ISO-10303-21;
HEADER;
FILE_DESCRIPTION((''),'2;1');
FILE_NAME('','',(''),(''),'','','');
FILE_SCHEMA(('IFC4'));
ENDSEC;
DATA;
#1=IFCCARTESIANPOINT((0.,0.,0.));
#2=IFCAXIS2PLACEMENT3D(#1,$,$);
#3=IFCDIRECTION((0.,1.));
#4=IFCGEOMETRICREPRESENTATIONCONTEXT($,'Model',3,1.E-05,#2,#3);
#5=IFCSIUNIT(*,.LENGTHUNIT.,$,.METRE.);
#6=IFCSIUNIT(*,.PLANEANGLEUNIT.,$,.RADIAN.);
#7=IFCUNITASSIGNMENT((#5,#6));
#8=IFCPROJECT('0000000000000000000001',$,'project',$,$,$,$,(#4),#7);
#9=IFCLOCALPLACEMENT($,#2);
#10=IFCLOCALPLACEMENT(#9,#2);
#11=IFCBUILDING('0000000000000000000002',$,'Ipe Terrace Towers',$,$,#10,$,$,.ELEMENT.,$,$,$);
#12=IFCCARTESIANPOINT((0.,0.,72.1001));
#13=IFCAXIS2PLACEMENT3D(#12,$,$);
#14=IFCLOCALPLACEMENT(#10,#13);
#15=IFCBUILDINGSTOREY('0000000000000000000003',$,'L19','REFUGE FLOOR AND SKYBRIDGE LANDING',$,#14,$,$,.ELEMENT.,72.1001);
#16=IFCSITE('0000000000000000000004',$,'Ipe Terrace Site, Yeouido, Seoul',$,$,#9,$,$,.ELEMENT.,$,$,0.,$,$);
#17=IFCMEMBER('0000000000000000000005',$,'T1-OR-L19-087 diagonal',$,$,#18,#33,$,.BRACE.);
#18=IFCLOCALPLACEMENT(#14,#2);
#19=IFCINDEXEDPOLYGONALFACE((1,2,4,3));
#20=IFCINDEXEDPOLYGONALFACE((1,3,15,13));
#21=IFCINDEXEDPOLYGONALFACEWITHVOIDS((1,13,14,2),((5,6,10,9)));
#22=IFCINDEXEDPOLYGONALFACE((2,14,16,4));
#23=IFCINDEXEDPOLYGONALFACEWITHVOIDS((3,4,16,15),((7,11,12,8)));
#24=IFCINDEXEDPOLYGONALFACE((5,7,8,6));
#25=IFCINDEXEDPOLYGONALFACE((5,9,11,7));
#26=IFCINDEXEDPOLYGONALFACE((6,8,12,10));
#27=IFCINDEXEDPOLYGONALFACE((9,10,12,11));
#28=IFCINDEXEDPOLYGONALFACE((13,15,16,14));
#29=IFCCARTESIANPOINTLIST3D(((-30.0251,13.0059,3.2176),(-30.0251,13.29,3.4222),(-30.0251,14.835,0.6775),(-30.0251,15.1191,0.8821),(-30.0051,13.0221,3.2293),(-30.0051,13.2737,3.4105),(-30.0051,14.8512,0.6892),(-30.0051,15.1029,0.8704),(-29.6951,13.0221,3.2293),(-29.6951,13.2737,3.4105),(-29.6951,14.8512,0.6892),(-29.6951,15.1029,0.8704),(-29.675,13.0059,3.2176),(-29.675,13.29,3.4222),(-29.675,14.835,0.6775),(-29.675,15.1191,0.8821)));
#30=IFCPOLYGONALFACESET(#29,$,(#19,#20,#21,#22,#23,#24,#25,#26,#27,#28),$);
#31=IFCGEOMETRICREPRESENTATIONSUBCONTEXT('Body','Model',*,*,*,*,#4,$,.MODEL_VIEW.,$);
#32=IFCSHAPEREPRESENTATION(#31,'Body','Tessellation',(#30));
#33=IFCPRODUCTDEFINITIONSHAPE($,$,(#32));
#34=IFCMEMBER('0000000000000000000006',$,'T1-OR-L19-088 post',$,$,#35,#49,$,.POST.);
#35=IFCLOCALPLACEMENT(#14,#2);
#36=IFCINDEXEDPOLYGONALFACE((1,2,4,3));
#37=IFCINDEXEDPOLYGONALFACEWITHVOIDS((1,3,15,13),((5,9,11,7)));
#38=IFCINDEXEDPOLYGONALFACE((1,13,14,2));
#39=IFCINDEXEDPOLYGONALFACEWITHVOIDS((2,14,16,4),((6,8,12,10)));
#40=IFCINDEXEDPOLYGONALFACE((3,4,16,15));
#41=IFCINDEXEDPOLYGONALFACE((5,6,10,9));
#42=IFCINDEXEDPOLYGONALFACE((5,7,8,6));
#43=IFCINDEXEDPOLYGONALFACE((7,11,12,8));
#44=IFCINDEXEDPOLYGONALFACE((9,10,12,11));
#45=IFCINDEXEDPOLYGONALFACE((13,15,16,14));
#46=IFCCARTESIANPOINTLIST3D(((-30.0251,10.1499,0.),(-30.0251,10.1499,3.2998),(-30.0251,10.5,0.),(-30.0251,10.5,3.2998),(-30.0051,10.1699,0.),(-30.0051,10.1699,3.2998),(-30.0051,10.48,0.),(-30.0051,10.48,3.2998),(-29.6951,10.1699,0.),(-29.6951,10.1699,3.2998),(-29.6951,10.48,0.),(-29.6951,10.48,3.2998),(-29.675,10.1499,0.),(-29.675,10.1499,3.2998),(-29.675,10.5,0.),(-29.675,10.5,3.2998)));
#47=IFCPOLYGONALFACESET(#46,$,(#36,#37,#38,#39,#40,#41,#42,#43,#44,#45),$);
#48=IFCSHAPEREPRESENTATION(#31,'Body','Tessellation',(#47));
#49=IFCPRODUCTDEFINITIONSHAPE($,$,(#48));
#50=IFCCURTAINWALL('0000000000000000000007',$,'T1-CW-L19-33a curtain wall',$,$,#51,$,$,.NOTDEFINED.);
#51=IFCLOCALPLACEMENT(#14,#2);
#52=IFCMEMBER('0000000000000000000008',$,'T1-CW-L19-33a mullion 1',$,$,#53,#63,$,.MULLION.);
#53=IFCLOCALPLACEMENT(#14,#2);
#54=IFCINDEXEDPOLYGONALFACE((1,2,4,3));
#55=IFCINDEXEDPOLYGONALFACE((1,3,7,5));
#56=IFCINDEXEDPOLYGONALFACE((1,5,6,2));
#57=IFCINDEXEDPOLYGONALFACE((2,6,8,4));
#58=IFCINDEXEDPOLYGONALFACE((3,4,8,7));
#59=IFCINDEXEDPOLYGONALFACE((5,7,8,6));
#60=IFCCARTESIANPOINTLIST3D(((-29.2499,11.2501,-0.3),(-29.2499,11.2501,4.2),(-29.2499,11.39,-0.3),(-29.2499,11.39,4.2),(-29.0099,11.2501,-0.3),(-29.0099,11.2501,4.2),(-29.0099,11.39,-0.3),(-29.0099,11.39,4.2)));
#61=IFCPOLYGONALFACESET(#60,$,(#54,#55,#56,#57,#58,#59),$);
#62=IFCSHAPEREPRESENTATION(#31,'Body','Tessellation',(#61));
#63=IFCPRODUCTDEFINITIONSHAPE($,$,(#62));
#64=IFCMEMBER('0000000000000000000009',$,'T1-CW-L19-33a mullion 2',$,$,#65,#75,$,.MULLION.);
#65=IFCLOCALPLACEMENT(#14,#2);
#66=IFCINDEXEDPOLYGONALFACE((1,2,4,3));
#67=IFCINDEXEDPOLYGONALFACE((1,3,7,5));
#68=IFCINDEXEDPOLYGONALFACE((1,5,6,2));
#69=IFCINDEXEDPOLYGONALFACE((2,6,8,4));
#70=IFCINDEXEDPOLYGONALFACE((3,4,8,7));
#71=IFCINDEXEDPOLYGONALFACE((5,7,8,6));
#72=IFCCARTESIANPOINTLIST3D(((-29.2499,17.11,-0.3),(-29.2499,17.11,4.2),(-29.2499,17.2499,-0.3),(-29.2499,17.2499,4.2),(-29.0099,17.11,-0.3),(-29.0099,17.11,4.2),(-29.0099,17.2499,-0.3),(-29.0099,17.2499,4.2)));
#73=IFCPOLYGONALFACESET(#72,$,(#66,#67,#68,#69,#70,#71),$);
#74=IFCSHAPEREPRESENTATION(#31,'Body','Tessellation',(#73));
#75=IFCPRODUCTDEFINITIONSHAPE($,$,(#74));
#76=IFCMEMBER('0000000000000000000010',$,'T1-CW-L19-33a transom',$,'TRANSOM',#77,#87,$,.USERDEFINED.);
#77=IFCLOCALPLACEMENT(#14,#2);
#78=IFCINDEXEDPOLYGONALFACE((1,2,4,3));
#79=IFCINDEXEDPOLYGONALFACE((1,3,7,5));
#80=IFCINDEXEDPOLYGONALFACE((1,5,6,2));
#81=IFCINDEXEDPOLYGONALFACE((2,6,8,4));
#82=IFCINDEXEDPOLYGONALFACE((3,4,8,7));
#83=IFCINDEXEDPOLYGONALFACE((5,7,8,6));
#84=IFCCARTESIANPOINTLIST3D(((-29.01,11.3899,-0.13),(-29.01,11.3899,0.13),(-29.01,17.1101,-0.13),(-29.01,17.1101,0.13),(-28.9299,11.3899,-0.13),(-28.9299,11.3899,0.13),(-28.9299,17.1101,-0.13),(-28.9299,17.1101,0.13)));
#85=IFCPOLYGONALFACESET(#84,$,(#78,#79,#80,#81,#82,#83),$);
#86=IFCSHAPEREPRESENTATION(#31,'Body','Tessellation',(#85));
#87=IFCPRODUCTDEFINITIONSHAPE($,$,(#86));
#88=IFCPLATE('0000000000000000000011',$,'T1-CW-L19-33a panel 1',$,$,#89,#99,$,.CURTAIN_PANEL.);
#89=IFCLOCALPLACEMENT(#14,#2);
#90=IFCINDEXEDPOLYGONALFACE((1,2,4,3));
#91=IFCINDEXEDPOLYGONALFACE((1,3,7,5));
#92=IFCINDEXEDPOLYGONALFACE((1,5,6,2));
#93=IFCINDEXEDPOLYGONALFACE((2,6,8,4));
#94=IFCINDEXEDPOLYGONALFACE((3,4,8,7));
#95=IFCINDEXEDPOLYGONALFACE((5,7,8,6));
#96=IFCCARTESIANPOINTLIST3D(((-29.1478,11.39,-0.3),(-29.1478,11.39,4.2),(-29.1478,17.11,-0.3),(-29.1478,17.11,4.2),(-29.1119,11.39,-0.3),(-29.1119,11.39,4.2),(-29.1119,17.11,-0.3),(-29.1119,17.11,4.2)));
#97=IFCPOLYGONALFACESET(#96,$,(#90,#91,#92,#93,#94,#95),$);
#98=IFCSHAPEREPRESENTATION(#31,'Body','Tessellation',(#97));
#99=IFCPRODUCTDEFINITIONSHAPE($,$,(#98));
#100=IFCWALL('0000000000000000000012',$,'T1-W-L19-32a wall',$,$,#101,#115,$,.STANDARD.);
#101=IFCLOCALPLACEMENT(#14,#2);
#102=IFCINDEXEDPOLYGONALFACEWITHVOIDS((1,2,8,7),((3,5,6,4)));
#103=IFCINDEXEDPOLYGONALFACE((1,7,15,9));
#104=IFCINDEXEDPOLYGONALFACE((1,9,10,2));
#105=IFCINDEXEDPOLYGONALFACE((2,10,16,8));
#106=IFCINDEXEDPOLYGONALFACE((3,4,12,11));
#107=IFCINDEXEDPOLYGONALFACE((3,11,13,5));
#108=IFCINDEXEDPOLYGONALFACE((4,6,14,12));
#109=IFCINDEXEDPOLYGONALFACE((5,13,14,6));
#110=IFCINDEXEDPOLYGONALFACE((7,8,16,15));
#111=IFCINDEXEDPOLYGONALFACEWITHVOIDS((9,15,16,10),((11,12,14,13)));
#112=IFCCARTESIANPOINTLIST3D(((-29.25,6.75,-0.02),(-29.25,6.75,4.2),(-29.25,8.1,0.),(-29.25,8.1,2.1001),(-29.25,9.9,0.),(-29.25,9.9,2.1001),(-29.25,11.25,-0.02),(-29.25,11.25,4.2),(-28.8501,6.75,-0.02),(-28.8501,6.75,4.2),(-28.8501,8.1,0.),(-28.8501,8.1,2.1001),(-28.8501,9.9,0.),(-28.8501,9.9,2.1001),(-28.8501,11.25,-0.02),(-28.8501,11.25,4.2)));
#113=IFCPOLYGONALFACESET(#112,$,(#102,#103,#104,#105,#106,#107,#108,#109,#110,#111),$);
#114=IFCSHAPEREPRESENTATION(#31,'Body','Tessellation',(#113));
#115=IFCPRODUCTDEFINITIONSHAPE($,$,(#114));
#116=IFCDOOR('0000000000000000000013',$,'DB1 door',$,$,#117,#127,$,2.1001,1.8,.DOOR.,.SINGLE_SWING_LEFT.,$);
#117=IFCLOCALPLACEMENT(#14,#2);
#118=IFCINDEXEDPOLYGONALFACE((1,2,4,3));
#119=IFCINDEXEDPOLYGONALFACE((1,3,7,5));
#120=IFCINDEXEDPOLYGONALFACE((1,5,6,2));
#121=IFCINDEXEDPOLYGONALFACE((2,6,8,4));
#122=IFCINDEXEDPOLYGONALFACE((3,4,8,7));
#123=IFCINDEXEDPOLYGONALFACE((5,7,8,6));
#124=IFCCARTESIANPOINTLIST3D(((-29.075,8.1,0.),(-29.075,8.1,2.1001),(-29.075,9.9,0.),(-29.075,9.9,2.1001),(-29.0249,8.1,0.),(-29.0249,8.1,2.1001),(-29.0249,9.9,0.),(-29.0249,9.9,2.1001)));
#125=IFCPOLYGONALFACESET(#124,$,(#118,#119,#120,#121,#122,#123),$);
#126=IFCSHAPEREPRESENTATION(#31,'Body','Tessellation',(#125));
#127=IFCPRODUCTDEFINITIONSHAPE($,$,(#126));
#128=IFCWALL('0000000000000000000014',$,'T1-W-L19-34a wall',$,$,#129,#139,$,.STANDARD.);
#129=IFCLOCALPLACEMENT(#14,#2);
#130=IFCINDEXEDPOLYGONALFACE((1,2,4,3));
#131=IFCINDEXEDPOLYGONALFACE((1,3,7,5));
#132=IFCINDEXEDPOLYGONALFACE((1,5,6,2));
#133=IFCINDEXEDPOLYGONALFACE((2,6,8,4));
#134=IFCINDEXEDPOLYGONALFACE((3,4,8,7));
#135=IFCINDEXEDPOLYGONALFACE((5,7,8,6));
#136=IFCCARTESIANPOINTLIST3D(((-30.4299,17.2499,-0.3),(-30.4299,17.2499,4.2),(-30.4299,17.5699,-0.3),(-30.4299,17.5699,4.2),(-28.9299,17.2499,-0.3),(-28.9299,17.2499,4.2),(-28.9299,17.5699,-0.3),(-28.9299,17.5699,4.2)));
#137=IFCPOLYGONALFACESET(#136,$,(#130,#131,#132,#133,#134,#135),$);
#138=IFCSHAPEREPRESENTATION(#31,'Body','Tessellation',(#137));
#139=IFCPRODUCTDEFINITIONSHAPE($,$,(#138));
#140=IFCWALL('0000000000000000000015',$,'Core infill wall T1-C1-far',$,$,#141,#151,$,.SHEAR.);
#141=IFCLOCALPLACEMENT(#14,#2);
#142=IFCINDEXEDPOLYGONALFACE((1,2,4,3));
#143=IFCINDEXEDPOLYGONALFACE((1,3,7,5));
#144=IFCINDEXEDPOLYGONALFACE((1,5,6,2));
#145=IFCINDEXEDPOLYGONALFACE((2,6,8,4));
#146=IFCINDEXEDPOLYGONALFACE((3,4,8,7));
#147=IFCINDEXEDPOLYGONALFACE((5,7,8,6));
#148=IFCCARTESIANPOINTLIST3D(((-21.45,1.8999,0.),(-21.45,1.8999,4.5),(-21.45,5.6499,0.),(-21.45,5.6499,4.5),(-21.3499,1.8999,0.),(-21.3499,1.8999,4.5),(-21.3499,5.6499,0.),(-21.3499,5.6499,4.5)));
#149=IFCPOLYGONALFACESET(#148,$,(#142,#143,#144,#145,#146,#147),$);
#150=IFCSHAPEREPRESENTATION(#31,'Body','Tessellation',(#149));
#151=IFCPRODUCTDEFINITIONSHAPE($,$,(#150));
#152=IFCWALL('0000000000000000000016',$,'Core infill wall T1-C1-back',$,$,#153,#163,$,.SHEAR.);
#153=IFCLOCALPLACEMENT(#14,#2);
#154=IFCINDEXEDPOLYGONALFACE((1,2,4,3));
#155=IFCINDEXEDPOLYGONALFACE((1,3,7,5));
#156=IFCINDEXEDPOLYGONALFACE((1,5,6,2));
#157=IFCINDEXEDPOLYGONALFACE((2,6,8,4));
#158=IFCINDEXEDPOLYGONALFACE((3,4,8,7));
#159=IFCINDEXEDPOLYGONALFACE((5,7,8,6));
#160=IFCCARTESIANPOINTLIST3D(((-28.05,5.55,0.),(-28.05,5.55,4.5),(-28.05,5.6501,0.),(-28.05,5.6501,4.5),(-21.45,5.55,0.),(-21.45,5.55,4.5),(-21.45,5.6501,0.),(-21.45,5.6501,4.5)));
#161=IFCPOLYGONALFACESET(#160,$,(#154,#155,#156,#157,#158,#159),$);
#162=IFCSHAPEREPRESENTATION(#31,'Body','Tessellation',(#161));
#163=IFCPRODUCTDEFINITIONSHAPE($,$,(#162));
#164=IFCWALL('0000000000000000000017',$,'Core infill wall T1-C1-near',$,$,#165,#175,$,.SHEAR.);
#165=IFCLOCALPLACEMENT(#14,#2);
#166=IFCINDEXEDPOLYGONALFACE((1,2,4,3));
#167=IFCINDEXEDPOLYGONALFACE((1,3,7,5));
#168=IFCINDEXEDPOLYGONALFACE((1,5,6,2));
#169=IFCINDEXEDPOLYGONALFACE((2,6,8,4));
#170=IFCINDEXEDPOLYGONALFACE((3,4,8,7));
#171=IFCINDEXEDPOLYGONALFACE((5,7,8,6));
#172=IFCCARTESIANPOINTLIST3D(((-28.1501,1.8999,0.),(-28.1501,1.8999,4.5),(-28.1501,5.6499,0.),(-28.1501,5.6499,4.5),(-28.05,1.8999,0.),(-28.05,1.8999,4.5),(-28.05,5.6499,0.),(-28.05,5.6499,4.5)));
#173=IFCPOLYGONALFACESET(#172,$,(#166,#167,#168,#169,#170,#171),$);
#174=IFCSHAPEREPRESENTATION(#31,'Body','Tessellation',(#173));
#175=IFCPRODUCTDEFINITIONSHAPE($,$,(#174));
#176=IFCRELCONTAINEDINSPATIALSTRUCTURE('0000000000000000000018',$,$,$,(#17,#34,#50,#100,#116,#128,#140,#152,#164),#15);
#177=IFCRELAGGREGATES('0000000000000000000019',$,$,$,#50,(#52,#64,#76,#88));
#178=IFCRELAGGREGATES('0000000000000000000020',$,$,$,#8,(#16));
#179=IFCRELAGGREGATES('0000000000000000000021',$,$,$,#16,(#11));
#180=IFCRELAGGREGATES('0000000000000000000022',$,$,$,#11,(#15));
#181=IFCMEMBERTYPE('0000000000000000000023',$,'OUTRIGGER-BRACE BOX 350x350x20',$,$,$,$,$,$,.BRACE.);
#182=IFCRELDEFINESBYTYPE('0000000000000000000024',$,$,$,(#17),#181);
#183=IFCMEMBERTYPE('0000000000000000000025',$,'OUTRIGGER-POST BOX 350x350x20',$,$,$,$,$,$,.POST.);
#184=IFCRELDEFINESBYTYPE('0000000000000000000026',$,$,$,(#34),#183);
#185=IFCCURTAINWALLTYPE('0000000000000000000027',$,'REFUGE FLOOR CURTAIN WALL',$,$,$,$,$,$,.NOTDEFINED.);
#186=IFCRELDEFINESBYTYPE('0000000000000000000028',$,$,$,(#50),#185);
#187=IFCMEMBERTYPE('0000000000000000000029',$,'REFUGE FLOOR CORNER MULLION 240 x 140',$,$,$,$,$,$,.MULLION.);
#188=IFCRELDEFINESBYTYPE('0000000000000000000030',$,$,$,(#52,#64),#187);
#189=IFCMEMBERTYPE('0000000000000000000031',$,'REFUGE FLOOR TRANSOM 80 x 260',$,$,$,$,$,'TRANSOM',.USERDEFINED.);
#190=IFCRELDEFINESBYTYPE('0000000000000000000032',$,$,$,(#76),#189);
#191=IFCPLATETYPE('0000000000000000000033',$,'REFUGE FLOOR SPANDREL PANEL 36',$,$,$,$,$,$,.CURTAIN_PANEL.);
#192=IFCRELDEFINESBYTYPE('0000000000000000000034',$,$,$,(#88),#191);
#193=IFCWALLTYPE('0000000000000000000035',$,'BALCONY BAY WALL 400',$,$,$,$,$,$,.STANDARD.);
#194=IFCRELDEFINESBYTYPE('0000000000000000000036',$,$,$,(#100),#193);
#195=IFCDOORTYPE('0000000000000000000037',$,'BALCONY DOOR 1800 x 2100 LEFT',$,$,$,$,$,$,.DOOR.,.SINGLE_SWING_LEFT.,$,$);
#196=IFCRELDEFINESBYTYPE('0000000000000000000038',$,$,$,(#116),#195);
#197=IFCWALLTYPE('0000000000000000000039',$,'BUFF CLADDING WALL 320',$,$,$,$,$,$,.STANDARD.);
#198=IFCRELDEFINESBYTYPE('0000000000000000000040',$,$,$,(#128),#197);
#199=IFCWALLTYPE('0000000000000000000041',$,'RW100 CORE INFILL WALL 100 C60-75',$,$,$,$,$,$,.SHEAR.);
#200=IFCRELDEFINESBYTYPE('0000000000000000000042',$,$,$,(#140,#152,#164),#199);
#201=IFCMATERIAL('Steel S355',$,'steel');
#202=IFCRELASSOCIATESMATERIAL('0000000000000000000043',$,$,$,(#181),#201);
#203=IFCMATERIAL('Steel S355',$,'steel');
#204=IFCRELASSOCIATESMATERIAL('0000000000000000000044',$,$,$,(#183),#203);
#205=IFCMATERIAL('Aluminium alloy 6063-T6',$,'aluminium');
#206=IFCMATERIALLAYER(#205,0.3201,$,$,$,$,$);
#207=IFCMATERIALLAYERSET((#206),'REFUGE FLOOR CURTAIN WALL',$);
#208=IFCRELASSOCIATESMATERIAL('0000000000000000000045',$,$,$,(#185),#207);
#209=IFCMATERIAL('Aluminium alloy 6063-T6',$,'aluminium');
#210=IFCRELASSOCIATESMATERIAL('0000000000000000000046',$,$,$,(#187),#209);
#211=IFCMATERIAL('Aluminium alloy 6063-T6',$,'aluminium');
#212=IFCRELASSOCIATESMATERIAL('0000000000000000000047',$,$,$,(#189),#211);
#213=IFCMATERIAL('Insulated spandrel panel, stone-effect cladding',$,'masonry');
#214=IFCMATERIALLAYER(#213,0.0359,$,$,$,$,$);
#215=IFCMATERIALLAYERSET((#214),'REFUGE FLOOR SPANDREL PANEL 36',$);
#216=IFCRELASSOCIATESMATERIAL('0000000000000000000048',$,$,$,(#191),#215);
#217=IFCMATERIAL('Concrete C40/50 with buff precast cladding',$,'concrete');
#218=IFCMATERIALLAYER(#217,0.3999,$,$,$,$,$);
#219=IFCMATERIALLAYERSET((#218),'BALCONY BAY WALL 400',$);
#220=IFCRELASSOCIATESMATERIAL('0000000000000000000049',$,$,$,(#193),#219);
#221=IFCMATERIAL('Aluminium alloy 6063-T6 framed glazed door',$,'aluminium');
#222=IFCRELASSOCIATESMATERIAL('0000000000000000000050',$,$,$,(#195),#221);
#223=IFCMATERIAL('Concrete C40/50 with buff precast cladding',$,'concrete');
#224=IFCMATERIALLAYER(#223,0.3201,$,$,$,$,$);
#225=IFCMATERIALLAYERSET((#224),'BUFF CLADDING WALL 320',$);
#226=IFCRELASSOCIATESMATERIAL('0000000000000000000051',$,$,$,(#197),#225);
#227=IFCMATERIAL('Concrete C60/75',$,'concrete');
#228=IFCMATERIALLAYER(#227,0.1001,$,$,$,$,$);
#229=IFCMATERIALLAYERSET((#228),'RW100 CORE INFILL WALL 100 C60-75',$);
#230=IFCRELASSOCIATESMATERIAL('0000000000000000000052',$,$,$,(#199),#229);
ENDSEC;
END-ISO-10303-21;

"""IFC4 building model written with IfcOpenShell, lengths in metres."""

from ifc_helpers import new_model, si_unit, direction, frame, frame_2d, origin, origin_2d, place, context, subcontext, project, spatial, rectangle, hollow_rectangle, extrude, material, layer, layer_set, material_profile, profile_set, type_object, element, fill, aggregate, save


model = new_model("IFC4")

# Units and contexts
model_context = context("Model", 3, precision=1e-05, world=origin(), true_north=direction((0.0, 1.0)))
body_context = subcontext(model_context, "Body", "Model", "MODEL_VIEW")
ifc_project = project(units=[si_unit("LENGTHUNIT", "METRE"), si_unit("PLANEANGLEUNIT", "RADIAN")], contexts=[model_context])

# Site, building, storey
site_placement = place(None, origin())
site = spatial("IfcSite", under=ifc_project, at=site_placement, Name="Ipe Terrace Site, Yeouido, Seoul", CompositionType="ELEMENT", RefElevation=0.0)
building_placement = place(site_placement, origin())
building = spatial("IfcBuilding", under=site, at=building_placement, Name="Ipe Terrace Towers", CompositionType="ELEMENT")
storey_placement = place(building_placement, frame((0.0, 0.0, 72.1001)))
storey = spatial("IfcBuildingStorey", under=building, at=storey_placement, Name="L19", Description="REFUGE FLOOR AND SKYBRIDGE LANDING", CompositionType="ELEMENT", Elevation=72.1001)

# Members
ifc_material_1 = material(Name="Steel S355", Category="steel")
ifc_material_profile_1 = material_profile(ifc_material_1, hollow_rectangle(XDim=0.3501, YDim=0.3501, WallThickness=0.02, at=origin_2d()), Name="OUTRIGGER-BRACE BOX 350x350x20")
ifc_profile_set_1 = profile_set([ifc_material_profile_1], Name="Steel S355")
member_type_1 = type_object("IfcMemberType", Name="OUTRIGGER-BRACE BOX 350x350x20", PredefinedType="BRACE", material=ifc_profile_set_1)
member_1_placement = place(storey_placement, frame((-29.8501, 14.9771, 0.7798), z_axis=(0.0, -0.584362, 0.811493), x_axis=(1.0, 0.0, 0.0)))
element("IfcMember", 1, at=member_1_placement, inside=storey, type_object=member_type_1, Name="T1-OR-L19-087 diagonal", PredefinedType="BRACE", context=body_context, shape_type="SweptSolid", body=[
    extrude(hollow_rectangle(XDim=0.3501, YDim=0.3501, WallThickness=0.02, at=origin_2d()), origin(), (0.0, 0.0, 1.0), 3.1301),
])
ifc_material_2 = material(Name="Steel S355", Category="steel")
ifc_material_profile_2 = material_profile(ifc_material_2, hollow_rectangle(XDim=0.3501, YDim=0.3501, WallThickness=0.02, at=origin_2d()), Name="OUTRIGGER-POST BOX 350x350x20")
ifc_profile_set_2 = profile_set([ifc_material_profile_2], Name="Steel S355")
member_type_2 = type_object("IfcMemberType", Name="OUTRIGGER-POST BOX 350x350x20", PredefinedType="POST", material=ifc_profile_set_2)
member_2_placement = place(storey_placement, frame((-29.8501, 10.325, 0.0), z_axis=(0.0, 0.0, 1.0), x_axis=(1.0, 0.0, 0.0)))
element("IfcMember", 2, at=member_2_placement, inside=storey, type_object=member_type_2, Name="T1-OR-L19-088 post", PredefinedType="POST", context=body_context, shape_type="SweptSolid", body=[
    extrude(hollow_rectangle(XDim=0.3501, YDim=0.3501, WallThickness=0.02, at=origin_2d()), origin(), (0.0, 0.0, 1.0), 3.2998),
])

# Curtain wall, members, plate
ifc_material_3 = material(Name="Aluminium alloy 6063-T6", Category="aluminium")
ifc_layer_1 = layer(ifc_material_3, 0.3201)
ifc_layer_set_1 = layer_set([ifc_layer_1], Name="REFUGE FLOOR CURTAIN WALL")
curtain_wall_type = type_object("IfcCurtainWallType", Name="REFUGE FLOOR CURTAIN WALL", PredefinedType="NOTDEFINED", material=ifc_layer_set_1)
curtain_wall_placement = place(storey_placement, origin())
curtain_wall = element("IfcCurtainWall", 3, at=curtain_wall_placement, inside=storey, type_object=curtain_wall_type, Name="T1-CW-L19-33a curtain wall", PredefinedType="NOTDEFINED")
ifc_material_4 = material(Name="Aluminium alloy 6063-T6", Category="aluminium")
ifc_material_profile_3 = material_profile(ifc_material_4, rectangle(XDim=0.24, YDim=0.1399, at=origin_2d()), Name="REFUGE FLOOR CORNER MULLION 240 x 140")
ifc_profile_set_3 = profile_set([ifc_material_profile_3], Name="Aluminium alloy 6063-T6")
member_type_3 = type_object("IfcMemberType", Name="REFUGE FLOOR CORNER MULLION 240 x 140", PredefinedType="MULLION", material=ifc_profile_set_3)
member_3_placement = place(storey_placement, frame((-29.1299, 11.3201, -0.3), z_axis=(0.0, 0.0, 1.0), x_axis=(1.0, 0.0, 0.0)))
member_3 = element("IfcMember", 4, at=member_3_placement, type_object=member_type_3, Name="T1-CW-L19-33a mullion 1", PredefinedType="MULLION", context=body_context, shape_type="SweptSolid", body=[
    extrude(rectangle(XDim=0.24, YDim=0.1399, at=origin_2d()), origin(), (0.0, 0.0, 1.0), 4.5),
])
member_4_placement = place(storey_placement, frame((-29.1299, 17.1799, -0.3), z_axis=(0.0, 0.0, 1.0), x_axis=(1.0, 0.0, 0.0)))
member_4 = element("IfcMember", 5, at=member_4_placement, type_object=member_type_3, Name="T1-CW-L19-33a mullion 2", PredefinedType="MULLION", context=body_context, shape_type="SweptSolid", body=[
    extrude(rectangle(XDim=0.24, YDim=0.1399, at=origin_2d()), origin(), (0.0, 0.0, 1.0), 4.5),
])
ifc_material_5 = material(Name="Aluminium alloy 6063-T6", Category="aluminium")
ifc_material_profile_4 = material_profile(ifc_material_5, rectangle(XDim=0.0801, YDim=0.26, at=origin_2d()), Name="REFUGE FLOOR TRANSOM 80 x 260")
ifc_profile_set_4 = profile_set([ifc_material_profile_4], Name="Aluminium alloy 6063-T6")
member_type_4 = type_object("IfcMemberType", Name="REFUGE FLOOR TRANSOM 80 x 260", ElementType="TRANSOM", PredefinedType="USERDEFINED", material=ifc_profile_set_4)
member_5_placement = place(storey_placement, frame((-28.97, 11.3899, 0.0), z_axis=(0.0, 1.0, 0.0), x_axis=(1.0, 0.0, 0.0)))
member_5 = element("IfcMember", 6, at=member_5_placement, type_object=member_type_4, Name="T1-CW-L19-33a transom", ObjectType="TRANSOM", PredefinedType="USERDEFINED", context=body_context, shape_type="SweptSolid", body=[
    extrude(rectangle(XDim=0.0801, YDim=0.26, at=origin_2d()), origin(), (0.0, 0.0, 1.0), 5.7202),
])
ifc_material_6 = material(Name="Insulated spandrel panel, stone-effect cladding", Category="masonry")
ifc_layer_2 = layer(ifc_material_6, 0.0359)
ifc_layer_set_2 = layer_set([ifc_layer_2], Name="REFUGE FLOOR SPANDREL PANEL 36")
plate_type = type_object("IfcPlateType", Name="REFUGE FLOOR SPANDREL PANEL 36", PredefinedType="CURTAIN_PANEL", material=ifc_layer_set_2)
plate_placement = place(storey_placement, frame((-29.1299, 14.25, -0.3), z_axis=(0.0, 0.0, 1.0), x_axis=(0.0, 1.0, 0.0)))
plate = element("IfcPlate", 7, at=plate_placement, type_object=plate_type, Name="T1-CW-L19-33a panel 1", PredefinedType="CURTAIN_PANEL", context=body_context, shape_type="SweptSolid", body=[
    extrude(rectangle(XDim=5.72, YDim=0.0359, at=origin_2d()), origin(), (0.0, 0.0, 1.0), 4.5),
])
aggregate(curtain_wall, [member_3, member_4, member_5, plate])

# Wall, opening, door
ifc_material_7 = material(Name="Concrete C40/50 with buff precast cladding", Category="concrete")
ifc_layer_3 = layer(ifc_material_7, 0.3999)
ifc_layer_set_3 = layer_set([ifc_layer_3], Name="BALCONY BAY WALL 400")
wall_type_1 = type_object("IfcWallType", Name="BALCONY BAY WALL 400", PredefinedType="STANDARD", material=ifc_layer_set_3)
wall_1_placement = place(storey_placement, frame((-29.05, 6.75, -0.02), z_axis=(0.0, 0.0, 1.0), x_axis=(0.0, 1.0, 0.0)))
wall_1 = element("IfcWall", 8, at=wall_1_placement, inside=storey, type_object=wall_type_1, Name="T1-W-L19-32a wall", PredefinedType="STANDARD", context=body_context, shape_type="SweptSolid", body=[
    extrude(rectangle(XDim=4.5, YDim=0.3999, at=frame_2d((2.25, 0.0))), origin(), (0.0, 0.0, 1.0), 4.22),
])
opening_1_placement = place(wall_1_placement, frame((1.3501, 0.0, 0.02)))
opening_1 = element("IfcOpeningElement", 9, at=opening_1_placement, cuts=wall_1, PredefinedType="OPENING", context=body_context, shape_type="SweptSolid", body=[
    extrude(rectangle(XDim=1.8, YDim=2.1001, at=frame_2d((0.8999, 1.05))), frame((0.0, 0.21, 0.0), z_axis=(0.0, -1.0, 0.0), x_axis=(1.0, 0.0, 0.0)), (0.0, 0.0, 1.0), 0.4199),
])
ifc_material_8 = material(Name="Aluminium alloy 6063-T6 framed glazed door", Category="aluminium")
door_type_1 = type_object("IfcDoorType", Name="BALCONY DOOR 1800 x 2100 LEFT", OperationType="SINGLE_SWING_LEFT", PredefinedType="DOOR", material=ifc_material_8)
door_1_placement = place(opening_1_placement, origin())
door_1 = element("IfcDoor", 10, at=door_1_placement, inside=storey, type_object=door_type_1, Name="DB1 door", OperationType="SINGLE_SWING_LEFT", OverallHeight=2.1001, OverallWidth=1.8, PredefinedType="DOOR", context=body_context, shape_type="SweptSolid", body=[
    extrude(rectangle(XDim=1.8, YDim=2.1001, at=frame_2d((0.8999, 1.05))), frame((0.0, 0.0249, 0.0), z_axis=(0.0, -1.0, 0.0), x_axis=(1.0, 0.0, 0.0)), (0.0, 0.0, 1.0), 0.05),
])
fill(opening_1, door_1)

# Walls
ifc_material_9 = material(Name="Concrete C40/50 with buff precast cladding", Category="concrete")
ifc_layer_4 = layer(ifc_material_9, 0.3201)
ifc_layer_set_4 = layer_set([ifc_layer_4], Name="BUFF CLADDING WALL 320")
wall_type_2 = type_object("IfcWallType", Name="BUFF CLADDING WALL 320", PredefinedType="STANDARD", material=ifc_layer_set_4)
wall_2_placement = place(storey_placement, frame((-28.9299, 17.4099, -0.3), z_axis=(0.0, 0.0, 1.0), x_axis=(-1.0, 0.0, 0.0)))
element("IfcWall", 11, at=wall_2_placement, inside=storey, type_object=wall_type_2, Name="T1-W-L19-34a wall", PredefinedType="STANDARD", context=body_context, shape_type="SweptSolid", body=[
    extrude(rectangle(XDim=1.5, YDim=0.3201, at=frame_2d((0.75, 0.0))), origin(), (0.0, 0.0, 1.0), 4.5),
])
ifc_material_10 = material(Name="Concrete C60/75", Category="concrete")
ifc_layer_5 = layer(ifc_material_10, 0.1001)
ifc_layer_set_5 = layer_set([ifc_layer_5], Name="RW100 CORE INFILL WALL 100 C60-75")
wall_type_3 = type_object("IfcWallType", Name="RW100 CORE INFILL WALL 100 C60-75", PredefinedType="SHEAR", material=ifc_layer_set_5)
wall_3_placement = place(storey_placement, frame((-21.3999, 1.8999, 0.0), z_axis=(0.0, 0.0, 1.0), x_axis=(0.0, 1.0, 0.0)))
element("IfcWall", 12, at=wall_3_placement, inside=storey, type_object=wall_type_3, Name="Core infill wall T1-C1-far", PredefinedType="SHEAR", context=body_context, shape_type="SweptSolid", body=[
    extrude(rectangle(XDim=3.75, YDim=0.1001, at=frame_2d((1.875, 0.0))), origin(), (0.0, 0.0, 1.0), 4.5),
])
wall_4_placement = place(storey_placement, frame((-28.05, 5.6001, 0.0), z_axis=(0.0, 0.0, 1.0), x_axis=(1.0, 0.0, 0.0)))
element("IfcWall", 13, at=wall_4_placement, inside=storey, type_object=wall_type_3, Name="Core infill wall T1-C1-back", PredefinedType="SHEAR", context=body_context, shape_type="SweptSolid", body=[
    extrude(rectangle(XDim=6.6001, YDim=0.1001, at=frame_2d((3.3, 0.0))), origin(), (0.0, 0.0, 1.0), 4.5),
])
wall_5_placement = place(storey_placement, frame((-28.1001, 1.8999, 0.0), z_axis=(0.0, 0.0, 1.0), x_axis=(0.0, 1.0, 0.0)))
element("IfcWall", 14, at=wall_5_placement, inside=storey, type_object=wall_type_3, Name="Core infill wall T1-C1-near", PredefinedType="SHEAR", context=body_context, shape_type="SweptSolid", body=[
    extrude(rectangle(XDim=3.75, YDim=0.1001, at=frame_2d((1.875, 0.0))), origin(), (0.0, 0.0, 1.0), 4.5),
])

save(model, "model.ifc")
